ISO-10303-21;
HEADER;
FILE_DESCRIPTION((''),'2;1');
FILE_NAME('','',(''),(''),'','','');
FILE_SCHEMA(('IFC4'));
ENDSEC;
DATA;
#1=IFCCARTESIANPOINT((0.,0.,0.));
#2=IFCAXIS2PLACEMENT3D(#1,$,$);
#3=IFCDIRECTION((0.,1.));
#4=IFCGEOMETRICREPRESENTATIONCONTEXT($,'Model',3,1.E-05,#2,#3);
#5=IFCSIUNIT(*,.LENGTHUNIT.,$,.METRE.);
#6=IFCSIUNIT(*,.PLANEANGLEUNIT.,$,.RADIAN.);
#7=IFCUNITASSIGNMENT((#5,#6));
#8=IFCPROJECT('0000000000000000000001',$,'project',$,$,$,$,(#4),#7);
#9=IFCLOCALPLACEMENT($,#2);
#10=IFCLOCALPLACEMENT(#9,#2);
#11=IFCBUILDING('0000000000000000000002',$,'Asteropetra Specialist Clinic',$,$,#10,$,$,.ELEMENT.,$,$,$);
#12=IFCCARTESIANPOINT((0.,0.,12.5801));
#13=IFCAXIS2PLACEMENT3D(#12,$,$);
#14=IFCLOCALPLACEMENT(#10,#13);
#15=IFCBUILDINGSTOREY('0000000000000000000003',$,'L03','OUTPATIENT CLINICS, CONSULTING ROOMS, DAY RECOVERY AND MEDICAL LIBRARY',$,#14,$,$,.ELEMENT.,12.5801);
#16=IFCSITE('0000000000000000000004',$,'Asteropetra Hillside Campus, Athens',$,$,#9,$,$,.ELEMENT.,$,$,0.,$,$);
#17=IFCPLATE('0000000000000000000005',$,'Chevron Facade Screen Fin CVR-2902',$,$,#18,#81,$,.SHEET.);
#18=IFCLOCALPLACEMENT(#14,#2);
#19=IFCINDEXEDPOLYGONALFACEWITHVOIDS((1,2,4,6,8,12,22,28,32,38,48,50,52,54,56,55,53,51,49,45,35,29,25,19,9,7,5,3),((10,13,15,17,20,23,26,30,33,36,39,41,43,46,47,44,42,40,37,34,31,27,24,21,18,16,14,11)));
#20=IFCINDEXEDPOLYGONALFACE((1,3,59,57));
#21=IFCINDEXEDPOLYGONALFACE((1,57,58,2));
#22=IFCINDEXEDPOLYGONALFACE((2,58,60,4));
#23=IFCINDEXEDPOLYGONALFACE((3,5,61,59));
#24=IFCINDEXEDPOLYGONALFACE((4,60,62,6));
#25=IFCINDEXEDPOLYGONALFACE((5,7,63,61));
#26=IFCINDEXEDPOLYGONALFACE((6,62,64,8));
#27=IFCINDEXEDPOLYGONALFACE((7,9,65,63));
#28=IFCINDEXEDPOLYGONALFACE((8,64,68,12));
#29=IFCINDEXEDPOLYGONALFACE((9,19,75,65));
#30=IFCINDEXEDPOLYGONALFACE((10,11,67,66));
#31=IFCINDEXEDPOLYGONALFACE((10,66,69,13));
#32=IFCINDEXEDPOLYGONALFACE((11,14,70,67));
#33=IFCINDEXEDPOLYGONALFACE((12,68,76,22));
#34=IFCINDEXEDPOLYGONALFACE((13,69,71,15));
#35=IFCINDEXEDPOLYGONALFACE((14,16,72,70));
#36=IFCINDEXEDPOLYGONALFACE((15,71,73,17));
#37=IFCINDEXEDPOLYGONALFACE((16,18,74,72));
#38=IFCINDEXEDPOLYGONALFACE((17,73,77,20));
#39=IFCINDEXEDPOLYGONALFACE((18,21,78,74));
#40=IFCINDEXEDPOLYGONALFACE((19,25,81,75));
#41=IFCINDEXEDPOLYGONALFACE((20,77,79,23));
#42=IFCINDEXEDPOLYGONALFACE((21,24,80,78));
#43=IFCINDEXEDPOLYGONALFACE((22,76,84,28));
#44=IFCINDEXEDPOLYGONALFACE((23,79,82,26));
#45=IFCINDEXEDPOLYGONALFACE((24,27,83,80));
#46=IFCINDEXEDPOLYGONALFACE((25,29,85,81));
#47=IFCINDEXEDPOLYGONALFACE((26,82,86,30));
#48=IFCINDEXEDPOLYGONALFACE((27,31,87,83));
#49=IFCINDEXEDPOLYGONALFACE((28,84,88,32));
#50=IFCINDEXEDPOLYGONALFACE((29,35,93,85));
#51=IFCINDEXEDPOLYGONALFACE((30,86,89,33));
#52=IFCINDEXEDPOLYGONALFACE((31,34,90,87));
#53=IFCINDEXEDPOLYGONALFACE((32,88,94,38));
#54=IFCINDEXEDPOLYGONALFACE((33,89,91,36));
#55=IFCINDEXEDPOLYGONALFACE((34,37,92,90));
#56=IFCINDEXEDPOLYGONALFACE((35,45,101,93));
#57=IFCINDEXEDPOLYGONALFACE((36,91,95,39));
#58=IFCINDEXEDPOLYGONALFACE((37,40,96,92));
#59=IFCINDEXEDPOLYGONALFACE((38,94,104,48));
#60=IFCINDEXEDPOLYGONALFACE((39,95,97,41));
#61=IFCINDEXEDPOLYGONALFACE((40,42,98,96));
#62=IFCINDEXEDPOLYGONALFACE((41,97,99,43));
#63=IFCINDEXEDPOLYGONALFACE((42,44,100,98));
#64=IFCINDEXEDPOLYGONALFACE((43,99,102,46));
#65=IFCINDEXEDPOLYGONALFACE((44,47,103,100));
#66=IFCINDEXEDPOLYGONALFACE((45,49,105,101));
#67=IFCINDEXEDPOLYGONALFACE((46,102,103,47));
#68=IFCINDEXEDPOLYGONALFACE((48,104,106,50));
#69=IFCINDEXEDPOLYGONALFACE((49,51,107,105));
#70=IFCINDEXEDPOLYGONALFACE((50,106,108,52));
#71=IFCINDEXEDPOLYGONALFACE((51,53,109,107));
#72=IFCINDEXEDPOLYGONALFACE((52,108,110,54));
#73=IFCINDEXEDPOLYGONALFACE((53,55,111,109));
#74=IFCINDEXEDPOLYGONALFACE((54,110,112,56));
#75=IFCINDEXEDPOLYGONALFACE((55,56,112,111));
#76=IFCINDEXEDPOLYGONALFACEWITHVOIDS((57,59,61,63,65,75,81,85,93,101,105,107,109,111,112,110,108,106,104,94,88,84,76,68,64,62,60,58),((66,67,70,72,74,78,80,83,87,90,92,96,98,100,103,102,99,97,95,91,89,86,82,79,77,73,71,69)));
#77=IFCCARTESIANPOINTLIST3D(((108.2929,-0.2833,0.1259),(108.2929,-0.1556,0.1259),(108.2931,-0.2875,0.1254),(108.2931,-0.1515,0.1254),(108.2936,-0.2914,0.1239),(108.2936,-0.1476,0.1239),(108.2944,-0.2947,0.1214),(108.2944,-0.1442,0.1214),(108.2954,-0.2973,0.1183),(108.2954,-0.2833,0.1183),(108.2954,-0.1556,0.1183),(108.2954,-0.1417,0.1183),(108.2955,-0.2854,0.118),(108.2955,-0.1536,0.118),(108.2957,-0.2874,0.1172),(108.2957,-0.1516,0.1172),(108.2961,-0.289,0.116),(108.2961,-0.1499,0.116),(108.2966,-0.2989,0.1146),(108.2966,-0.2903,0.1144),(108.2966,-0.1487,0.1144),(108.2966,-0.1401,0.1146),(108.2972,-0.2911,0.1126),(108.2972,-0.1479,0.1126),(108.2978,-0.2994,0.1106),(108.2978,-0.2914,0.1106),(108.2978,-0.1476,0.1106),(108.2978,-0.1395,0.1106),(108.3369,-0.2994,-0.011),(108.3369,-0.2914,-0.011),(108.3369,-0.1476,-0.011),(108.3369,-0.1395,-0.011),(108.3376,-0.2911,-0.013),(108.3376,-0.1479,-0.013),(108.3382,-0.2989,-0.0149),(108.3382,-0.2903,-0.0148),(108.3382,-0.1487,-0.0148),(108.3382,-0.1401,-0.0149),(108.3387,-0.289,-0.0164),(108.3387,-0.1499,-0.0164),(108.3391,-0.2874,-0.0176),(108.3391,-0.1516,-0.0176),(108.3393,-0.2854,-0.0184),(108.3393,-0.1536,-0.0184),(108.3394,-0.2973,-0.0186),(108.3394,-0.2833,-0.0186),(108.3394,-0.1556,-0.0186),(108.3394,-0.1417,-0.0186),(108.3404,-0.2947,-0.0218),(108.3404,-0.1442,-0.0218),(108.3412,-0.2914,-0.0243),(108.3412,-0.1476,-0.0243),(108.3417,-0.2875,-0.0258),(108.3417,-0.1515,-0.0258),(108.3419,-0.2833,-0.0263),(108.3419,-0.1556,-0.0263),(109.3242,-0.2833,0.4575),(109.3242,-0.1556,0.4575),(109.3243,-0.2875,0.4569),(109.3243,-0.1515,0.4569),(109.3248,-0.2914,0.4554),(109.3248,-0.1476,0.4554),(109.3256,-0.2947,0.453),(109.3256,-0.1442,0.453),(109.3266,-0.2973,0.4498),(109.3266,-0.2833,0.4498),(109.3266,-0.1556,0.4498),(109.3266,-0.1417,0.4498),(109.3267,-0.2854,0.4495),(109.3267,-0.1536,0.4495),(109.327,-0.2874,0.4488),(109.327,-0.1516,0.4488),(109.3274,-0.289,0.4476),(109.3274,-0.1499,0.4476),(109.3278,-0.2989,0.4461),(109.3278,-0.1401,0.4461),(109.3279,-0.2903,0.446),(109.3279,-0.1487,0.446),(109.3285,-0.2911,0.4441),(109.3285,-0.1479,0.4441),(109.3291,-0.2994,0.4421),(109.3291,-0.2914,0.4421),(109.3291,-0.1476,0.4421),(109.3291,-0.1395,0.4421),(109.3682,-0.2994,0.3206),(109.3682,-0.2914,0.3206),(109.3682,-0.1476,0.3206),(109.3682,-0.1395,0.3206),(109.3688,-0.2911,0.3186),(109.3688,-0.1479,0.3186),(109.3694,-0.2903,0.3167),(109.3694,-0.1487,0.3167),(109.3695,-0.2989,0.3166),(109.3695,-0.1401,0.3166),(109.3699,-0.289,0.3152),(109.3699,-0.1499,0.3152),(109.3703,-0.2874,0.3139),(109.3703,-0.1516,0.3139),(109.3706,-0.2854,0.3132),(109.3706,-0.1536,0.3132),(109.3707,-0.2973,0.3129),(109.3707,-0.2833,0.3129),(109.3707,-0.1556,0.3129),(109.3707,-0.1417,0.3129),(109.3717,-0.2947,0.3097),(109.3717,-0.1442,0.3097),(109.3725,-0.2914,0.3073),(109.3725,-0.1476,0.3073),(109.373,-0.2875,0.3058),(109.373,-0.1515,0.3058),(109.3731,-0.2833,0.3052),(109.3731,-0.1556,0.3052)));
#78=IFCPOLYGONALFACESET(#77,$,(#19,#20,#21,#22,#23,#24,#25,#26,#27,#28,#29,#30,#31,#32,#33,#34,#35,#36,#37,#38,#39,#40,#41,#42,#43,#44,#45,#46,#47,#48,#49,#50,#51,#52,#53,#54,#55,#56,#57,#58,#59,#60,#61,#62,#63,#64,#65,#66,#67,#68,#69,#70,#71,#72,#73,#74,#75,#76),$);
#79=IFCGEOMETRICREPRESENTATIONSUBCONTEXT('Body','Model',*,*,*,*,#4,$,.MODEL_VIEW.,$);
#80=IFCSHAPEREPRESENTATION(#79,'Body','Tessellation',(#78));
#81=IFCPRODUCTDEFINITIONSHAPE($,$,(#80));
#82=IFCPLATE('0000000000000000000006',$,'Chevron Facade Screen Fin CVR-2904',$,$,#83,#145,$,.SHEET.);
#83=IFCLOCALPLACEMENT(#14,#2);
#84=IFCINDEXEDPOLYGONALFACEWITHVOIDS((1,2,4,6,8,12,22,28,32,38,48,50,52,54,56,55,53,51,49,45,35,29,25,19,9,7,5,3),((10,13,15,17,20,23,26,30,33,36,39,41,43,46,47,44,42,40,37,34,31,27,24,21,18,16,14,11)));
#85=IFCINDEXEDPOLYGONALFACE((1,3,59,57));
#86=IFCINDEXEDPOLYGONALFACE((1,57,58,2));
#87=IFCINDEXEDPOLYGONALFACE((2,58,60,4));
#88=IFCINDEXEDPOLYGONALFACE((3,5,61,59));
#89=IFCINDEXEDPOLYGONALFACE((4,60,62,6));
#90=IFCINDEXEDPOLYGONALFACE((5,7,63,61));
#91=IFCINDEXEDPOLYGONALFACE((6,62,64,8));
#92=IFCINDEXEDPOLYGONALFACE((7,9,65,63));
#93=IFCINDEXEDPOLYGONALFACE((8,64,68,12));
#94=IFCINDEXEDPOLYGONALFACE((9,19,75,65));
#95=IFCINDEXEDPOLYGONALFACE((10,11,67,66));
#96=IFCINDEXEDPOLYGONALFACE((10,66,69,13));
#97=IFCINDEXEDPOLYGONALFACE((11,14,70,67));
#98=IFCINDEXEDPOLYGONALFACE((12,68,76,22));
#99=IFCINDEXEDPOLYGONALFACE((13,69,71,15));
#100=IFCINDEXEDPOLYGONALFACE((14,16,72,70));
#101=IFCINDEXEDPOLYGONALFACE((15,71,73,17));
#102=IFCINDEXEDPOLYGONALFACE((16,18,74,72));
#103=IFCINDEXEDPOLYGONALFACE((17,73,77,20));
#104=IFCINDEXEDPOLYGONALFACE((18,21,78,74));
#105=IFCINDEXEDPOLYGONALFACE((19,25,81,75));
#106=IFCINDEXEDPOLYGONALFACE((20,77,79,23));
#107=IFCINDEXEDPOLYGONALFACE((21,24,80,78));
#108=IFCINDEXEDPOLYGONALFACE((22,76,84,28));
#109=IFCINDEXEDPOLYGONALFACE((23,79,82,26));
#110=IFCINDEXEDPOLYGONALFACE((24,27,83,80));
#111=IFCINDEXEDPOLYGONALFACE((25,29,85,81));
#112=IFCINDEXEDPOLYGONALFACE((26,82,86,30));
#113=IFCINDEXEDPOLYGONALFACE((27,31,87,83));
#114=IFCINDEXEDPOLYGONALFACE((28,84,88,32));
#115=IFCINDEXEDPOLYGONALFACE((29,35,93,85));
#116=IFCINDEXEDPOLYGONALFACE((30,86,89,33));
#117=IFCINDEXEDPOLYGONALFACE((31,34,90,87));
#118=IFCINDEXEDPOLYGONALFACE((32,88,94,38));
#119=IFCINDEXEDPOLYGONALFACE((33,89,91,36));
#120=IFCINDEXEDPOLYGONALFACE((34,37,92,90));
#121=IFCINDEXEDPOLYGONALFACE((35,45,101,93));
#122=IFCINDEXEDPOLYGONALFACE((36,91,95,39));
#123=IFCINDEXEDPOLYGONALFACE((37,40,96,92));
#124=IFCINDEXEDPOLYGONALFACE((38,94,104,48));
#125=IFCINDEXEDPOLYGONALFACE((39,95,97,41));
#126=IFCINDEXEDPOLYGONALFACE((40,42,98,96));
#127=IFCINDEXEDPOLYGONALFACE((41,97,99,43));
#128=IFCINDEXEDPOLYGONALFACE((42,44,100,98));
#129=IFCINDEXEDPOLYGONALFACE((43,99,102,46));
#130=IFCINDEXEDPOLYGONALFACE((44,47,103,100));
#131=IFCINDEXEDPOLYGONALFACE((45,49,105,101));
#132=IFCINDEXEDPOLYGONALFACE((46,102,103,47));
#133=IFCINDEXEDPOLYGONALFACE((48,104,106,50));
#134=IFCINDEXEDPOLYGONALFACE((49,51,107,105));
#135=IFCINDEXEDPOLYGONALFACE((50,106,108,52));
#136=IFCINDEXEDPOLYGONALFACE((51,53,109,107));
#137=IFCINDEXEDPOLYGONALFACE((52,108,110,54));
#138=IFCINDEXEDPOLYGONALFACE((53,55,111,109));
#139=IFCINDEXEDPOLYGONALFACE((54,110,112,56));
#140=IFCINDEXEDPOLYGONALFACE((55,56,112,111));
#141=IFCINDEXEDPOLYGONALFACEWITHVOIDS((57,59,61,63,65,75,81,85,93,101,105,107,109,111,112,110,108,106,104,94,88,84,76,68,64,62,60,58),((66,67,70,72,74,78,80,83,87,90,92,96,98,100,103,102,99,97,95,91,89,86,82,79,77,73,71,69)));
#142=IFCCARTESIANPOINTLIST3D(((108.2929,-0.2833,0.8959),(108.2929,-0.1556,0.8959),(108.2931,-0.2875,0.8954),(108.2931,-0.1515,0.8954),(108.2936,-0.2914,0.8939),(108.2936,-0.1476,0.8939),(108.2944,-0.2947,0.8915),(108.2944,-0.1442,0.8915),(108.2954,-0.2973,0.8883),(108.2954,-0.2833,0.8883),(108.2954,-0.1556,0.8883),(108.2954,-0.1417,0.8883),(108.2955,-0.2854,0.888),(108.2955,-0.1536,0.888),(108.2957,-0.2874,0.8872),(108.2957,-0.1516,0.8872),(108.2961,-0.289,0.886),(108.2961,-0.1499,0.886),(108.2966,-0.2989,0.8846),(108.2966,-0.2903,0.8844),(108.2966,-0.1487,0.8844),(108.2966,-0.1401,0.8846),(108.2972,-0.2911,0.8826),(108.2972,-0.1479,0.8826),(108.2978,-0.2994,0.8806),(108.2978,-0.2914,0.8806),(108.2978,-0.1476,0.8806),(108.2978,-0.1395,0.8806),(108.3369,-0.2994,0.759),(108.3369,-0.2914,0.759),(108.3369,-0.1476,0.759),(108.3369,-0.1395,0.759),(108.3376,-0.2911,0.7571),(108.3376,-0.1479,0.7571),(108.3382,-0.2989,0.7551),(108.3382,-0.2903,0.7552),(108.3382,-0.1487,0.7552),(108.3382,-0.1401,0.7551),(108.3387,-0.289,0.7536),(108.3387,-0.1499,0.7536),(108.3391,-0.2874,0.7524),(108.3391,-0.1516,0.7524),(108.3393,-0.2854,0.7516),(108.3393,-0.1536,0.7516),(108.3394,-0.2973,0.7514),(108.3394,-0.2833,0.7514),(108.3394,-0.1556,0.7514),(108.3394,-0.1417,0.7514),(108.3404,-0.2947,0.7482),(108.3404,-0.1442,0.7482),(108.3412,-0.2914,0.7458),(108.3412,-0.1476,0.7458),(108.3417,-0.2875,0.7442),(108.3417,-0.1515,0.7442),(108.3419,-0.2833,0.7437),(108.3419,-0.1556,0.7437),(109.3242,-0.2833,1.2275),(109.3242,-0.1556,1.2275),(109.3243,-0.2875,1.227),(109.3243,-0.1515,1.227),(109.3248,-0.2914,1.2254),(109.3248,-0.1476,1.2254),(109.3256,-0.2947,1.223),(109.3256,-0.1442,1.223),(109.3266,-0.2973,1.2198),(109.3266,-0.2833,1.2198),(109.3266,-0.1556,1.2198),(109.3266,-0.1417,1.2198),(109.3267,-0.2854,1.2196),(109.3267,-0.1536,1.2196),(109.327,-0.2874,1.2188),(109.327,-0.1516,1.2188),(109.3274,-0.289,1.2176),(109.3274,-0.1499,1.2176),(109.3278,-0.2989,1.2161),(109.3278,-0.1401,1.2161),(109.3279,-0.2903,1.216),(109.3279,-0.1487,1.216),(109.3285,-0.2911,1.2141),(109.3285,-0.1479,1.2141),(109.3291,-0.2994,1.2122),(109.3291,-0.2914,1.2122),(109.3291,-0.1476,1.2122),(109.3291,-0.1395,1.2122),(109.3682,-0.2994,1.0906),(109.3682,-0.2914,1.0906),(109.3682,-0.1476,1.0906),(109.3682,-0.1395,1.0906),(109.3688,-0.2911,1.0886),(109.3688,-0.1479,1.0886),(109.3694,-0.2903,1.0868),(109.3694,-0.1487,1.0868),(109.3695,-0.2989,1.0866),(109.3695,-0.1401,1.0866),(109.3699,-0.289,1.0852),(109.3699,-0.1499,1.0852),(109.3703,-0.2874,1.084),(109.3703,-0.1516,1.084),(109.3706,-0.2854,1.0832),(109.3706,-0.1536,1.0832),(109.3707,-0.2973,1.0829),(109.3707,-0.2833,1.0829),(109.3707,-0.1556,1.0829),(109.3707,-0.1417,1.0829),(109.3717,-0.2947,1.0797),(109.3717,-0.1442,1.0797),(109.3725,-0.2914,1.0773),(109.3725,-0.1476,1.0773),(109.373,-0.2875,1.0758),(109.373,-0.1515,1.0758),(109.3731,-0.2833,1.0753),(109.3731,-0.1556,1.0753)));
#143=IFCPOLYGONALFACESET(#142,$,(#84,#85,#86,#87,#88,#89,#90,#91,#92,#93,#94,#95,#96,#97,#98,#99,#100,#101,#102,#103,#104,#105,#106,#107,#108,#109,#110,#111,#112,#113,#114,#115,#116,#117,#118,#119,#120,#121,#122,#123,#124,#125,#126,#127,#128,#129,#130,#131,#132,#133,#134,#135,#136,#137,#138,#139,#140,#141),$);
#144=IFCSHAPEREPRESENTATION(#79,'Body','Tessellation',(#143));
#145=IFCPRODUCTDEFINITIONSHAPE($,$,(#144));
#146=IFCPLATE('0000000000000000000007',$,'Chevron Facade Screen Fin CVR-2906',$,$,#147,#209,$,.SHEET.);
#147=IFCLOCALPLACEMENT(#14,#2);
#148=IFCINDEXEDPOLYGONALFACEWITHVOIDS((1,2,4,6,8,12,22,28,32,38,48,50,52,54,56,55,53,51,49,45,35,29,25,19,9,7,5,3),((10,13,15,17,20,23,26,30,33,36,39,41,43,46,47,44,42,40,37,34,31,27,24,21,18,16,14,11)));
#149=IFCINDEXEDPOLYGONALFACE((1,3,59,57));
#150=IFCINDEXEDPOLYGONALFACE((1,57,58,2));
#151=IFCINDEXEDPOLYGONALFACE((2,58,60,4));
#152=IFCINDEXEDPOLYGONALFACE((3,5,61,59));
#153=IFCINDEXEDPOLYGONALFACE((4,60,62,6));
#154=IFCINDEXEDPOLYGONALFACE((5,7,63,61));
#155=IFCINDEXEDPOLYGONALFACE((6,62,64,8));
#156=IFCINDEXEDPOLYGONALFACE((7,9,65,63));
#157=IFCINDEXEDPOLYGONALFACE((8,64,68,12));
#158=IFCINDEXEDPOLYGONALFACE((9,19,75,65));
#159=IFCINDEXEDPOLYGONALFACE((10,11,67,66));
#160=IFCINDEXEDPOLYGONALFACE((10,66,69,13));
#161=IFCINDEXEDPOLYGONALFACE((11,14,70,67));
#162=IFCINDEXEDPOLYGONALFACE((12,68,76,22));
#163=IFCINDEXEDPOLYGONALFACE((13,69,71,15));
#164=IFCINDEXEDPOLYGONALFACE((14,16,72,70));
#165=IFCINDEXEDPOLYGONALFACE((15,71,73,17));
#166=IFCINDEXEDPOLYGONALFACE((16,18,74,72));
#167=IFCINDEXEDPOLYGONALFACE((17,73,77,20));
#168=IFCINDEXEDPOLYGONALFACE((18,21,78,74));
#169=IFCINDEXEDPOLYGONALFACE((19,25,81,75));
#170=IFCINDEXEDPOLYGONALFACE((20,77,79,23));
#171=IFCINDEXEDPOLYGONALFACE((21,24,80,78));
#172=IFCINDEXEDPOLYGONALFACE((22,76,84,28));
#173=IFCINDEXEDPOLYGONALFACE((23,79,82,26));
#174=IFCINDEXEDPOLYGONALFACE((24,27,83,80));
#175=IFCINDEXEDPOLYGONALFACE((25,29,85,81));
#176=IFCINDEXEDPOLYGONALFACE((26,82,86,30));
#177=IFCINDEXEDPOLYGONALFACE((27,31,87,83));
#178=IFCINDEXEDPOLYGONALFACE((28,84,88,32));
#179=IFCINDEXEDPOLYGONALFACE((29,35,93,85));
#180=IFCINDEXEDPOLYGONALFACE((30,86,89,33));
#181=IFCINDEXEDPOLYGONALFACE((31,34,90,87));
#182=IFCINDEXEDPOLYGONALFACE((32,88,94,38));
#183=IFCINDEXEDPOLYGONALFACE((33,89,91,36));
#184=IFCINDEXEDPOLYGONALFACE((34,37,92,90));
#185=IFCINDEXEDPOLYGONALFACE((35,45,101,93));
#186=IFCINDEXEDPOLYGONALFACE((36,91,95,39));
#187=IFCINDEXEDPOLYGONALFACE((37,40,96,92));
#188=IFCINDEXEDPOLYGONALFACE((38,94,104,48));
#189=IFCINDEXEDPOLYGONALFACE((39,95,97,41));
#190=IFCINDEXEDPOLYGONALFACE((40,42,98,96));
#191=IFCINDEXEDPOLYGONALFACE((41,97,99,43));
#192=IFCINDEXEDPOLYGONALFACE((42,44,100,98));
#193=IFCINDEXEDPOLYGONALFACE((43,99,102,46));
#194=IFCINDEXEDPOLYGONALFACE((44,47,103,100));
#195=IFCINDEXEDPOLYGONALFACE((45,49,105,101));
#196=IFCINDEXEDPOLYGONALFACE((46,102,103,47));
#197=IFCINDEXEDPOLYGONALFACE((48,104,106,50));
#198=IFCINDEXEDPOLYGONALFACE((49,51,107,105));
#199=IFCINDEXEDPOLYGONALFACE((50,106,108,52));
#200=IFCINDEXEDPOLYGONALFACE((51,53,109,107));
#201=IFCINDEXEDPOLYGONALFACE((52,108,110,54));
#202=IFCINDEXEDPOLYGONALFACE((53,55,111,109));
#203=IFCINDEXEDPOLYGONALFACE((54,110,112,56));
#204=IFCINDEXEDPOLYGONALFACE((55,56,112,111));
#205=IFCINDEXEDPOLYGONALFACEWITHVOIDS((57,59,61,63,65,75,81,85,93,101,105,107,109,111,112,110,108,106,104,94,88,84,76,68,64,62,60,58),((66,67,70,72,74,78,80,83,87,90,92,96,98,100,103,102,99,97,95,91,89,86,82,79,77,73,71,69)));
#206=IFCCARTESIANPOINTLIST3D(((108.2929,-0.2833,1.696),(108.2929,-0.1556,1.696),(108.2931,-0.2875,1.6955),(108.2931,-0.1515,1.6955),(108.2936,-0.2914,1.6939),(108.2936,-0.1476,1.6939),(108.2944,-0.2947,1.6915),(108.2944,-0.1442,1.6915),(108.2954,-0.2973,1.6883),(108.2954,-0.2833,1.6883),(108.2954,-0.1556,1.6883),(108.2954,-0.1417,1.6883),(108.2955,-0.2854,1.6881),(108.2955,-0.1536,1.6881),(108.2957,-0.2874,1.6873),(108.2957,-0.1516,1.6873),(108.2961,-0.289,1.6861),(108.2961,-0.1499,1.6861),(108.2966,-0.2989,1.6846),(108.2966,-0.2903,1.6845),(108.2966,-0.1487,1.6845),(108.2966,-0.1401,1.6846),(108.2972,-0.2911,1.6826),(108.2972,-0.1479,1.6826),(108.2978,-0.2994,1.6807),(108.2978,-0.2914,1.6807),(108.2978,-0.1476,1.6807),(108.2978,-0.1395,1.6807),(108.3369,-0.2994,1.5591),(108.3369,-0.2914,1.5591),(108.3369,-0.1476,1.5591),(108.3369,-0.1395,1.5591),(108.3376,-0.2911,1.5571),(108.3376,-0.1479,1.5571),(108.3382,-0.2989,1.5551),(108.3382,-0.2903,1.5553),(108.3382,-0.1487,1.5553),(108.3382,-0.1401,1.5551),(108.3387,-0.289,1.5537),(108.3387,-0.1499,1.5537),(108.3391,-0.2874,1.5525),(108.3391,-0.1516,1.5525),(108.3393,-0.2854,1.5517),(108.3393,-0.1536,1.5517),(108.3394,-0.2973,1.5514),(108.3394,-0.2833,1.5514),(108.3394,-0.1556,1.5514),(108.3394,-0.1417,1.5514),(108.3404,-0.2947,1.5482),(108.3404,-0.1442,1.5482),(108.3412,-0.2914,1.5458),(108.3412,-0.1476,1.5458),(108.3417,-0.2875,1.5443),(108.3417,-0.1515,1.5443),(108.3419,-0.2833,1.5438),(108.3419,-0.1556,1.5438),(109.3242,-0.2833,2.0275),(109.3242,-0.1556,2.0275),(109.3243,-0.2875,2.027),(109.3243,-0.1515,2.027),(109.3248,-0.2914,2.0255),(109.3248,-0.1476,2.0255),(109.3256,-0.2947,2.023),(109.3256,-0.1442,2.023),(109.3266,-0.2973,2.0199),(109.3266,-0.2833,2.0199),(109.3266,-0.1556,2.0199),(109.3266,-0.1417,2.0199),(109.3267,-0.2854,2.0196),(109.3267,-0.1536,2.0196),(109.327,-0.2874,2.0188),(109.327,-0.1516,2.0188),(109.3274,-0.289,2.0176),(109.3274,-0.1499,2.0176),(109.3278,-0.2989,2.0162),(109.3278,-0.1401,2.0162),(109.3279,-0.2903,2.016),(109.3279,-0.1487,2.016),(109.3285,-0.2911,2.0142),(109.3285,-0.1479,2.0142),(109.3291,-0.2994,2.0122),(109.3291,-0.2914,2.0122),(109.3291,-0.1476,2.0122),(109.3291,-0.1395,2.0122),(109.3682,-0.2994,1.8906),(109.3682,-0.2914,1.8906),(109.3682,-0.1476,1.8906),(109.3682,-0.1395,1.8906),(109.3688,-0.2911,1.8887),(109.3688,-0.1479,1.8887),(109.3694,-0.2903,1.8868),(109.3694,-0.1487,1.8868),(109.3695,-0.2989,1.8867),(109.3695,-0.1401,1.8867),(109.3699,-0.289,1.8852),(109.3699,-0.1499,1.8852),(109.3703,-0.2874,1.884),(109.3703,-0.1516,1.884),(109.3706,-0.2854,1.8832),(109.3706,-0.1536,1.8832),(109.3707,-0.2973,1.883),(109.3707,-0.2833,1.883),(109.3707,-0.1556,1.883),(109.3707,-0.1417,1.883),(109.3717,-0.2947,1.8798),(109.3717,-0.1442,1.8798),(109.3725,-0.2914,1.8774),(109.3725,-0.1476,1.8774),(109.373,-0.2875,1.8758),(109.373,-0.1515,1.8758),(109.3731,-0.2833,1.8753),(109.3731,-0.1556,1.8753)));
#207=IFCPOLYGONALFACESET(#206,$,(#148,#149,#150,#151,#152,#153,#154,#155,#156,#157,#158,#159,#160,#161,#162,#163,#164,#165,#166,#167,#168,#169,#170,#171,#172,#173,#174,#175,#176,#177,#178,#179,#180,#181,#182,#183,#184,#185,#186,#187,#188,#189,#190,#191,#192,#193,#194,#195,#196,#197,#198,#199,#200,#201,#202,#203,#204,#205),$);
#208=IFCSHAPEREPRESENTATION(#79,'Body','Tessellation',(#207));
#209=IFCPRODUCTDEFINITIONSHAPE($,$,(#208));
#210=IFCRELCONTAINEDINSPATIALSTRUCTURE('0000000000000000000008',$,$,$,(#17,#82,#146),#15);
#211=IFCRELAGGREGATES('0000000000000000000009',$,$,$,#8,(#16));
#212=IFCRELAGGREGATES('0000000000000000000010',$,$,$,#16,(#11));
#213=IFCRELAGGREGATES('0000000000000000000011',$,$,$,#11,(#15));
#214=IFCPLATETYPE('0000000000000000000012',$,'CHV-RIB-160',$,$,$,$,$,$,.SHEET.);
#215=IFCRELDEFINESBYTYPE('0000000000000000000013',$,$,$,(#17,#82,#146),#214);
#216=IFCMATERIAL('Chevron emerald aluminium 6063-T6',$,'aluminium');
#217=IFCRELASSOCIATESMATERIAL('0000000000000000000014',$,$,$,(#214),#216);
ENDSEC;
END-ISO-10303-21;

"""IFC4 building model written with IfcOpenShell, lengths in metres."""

from ifc_helpers import new_model, si_unit, direction, frame, origin, origin_2d, place, context, subcontext, project, spatial, hollow_rectangle, extrude, material, material_profile, profile_set, type_object, element, save


model = new_model("IFC4")

# Units and contexts
model_context = context("Model", 3, precision=1e-05, world=origin(), true_north=direction((0.0, 1.0)))
body_context = subcontext(model_context, "Body", "Model", "MODEL_VIEW")
ifc_project = project(units=[si_unit("LENGTHUNIT", "METRE"), si_unit("PLANEANGLEUNIT", "RADIAN")], contexts=[model_context])

# Site, building, storey
site_placement = place(None, origin())
site = spatial("IfcSite", under=ifc_project, at=site_placement, Name="Asteropetra Hillside Campus, Athens", CompositionType="ELEMENT", RefElevation=0.0)
building_placement = place(site_placement, origin())
building = spatial("IfcBuilding", under=site, at=building_placement, Name="Asteropetra Specialist Clinic", CompositionType="ELEMENT")
storey_placement = place(building_placement, frame((0.0, 0.0, 12.5801)))
storey = spatial("IfcBuildingStorey", under=building, at=storey_placement, Name="L03", Description="OUTPATIENT CLINICS, CONSULTING ROOMS, DAY RECOVERY AND MEDICAL LIBRARY", CompositionType="ELEMENT", Elevation=12.5801)

# Plates
ifc_material_1 = material(Name="Chevron emerald aluminium 6063-T6", Category="aluminium")
ifc_material_profile_1 = material_profile(ifc_material_1, hollow_rectangle(XDim=0.1599, YDim=0.1599, WallThickness=0.0081, InnerFilletRadius=0.0081, OuterFilletRadius=0.0161, at=origin_2d()), Name="SHS 160x160x8.0")
ifc_profile_set_1 = profile_set([ifc_material_profile_1], Name="Chevron emerald aluminium 6063-T6")
plate_type_1 = type_object("IfcPlateType", Name="CHV-RIB-160", PredefinedType="SHEET", material=ifc_profile_set_1)
for number, where, z_axis, x_axis, name in (
    (1, (108.3174, -0.2195, 0.0498), (0.95201, 0.0, 0.306068), (0.0, 1.0, 0.0), "Chevron Facade Screen Fin CVR-2902"),
    (2, (108.3174, -0.2195, 0.8198), (0.95201, 0.0, 0.306068), (0.0, 1.0, 0.0), "Chevron Facade Screen Fin CVR-2904"),
    (3, (108.3174, -0.2195, 1.6199), (0.95201, 0.0, 0.306068), (0.0, 1.0, 0.0), "Chevron Facade Screen Fin CVR-2906"),
):
    element("IfcPlate", number, at=place(storey_placement, frame(where, z_axis=z_axis, x_axis=x_axis)), inside=storey, type_object=plate_type_1, Name=name, PredefinedType="SHEET", context=body_context, shape_type="SweptSolid", body=[
        extrude(hollow_rectangle(XDim=0.1599, YDim=0.1599, WallThickness=0.0081, InnerFilletRadius=0.0081, OuterFilletRadius=0.0161, at=origin_2d()), origin(), (0.0, 0.0, 1.0), 1.0833),
    ])

save(model, "model.ifc")
